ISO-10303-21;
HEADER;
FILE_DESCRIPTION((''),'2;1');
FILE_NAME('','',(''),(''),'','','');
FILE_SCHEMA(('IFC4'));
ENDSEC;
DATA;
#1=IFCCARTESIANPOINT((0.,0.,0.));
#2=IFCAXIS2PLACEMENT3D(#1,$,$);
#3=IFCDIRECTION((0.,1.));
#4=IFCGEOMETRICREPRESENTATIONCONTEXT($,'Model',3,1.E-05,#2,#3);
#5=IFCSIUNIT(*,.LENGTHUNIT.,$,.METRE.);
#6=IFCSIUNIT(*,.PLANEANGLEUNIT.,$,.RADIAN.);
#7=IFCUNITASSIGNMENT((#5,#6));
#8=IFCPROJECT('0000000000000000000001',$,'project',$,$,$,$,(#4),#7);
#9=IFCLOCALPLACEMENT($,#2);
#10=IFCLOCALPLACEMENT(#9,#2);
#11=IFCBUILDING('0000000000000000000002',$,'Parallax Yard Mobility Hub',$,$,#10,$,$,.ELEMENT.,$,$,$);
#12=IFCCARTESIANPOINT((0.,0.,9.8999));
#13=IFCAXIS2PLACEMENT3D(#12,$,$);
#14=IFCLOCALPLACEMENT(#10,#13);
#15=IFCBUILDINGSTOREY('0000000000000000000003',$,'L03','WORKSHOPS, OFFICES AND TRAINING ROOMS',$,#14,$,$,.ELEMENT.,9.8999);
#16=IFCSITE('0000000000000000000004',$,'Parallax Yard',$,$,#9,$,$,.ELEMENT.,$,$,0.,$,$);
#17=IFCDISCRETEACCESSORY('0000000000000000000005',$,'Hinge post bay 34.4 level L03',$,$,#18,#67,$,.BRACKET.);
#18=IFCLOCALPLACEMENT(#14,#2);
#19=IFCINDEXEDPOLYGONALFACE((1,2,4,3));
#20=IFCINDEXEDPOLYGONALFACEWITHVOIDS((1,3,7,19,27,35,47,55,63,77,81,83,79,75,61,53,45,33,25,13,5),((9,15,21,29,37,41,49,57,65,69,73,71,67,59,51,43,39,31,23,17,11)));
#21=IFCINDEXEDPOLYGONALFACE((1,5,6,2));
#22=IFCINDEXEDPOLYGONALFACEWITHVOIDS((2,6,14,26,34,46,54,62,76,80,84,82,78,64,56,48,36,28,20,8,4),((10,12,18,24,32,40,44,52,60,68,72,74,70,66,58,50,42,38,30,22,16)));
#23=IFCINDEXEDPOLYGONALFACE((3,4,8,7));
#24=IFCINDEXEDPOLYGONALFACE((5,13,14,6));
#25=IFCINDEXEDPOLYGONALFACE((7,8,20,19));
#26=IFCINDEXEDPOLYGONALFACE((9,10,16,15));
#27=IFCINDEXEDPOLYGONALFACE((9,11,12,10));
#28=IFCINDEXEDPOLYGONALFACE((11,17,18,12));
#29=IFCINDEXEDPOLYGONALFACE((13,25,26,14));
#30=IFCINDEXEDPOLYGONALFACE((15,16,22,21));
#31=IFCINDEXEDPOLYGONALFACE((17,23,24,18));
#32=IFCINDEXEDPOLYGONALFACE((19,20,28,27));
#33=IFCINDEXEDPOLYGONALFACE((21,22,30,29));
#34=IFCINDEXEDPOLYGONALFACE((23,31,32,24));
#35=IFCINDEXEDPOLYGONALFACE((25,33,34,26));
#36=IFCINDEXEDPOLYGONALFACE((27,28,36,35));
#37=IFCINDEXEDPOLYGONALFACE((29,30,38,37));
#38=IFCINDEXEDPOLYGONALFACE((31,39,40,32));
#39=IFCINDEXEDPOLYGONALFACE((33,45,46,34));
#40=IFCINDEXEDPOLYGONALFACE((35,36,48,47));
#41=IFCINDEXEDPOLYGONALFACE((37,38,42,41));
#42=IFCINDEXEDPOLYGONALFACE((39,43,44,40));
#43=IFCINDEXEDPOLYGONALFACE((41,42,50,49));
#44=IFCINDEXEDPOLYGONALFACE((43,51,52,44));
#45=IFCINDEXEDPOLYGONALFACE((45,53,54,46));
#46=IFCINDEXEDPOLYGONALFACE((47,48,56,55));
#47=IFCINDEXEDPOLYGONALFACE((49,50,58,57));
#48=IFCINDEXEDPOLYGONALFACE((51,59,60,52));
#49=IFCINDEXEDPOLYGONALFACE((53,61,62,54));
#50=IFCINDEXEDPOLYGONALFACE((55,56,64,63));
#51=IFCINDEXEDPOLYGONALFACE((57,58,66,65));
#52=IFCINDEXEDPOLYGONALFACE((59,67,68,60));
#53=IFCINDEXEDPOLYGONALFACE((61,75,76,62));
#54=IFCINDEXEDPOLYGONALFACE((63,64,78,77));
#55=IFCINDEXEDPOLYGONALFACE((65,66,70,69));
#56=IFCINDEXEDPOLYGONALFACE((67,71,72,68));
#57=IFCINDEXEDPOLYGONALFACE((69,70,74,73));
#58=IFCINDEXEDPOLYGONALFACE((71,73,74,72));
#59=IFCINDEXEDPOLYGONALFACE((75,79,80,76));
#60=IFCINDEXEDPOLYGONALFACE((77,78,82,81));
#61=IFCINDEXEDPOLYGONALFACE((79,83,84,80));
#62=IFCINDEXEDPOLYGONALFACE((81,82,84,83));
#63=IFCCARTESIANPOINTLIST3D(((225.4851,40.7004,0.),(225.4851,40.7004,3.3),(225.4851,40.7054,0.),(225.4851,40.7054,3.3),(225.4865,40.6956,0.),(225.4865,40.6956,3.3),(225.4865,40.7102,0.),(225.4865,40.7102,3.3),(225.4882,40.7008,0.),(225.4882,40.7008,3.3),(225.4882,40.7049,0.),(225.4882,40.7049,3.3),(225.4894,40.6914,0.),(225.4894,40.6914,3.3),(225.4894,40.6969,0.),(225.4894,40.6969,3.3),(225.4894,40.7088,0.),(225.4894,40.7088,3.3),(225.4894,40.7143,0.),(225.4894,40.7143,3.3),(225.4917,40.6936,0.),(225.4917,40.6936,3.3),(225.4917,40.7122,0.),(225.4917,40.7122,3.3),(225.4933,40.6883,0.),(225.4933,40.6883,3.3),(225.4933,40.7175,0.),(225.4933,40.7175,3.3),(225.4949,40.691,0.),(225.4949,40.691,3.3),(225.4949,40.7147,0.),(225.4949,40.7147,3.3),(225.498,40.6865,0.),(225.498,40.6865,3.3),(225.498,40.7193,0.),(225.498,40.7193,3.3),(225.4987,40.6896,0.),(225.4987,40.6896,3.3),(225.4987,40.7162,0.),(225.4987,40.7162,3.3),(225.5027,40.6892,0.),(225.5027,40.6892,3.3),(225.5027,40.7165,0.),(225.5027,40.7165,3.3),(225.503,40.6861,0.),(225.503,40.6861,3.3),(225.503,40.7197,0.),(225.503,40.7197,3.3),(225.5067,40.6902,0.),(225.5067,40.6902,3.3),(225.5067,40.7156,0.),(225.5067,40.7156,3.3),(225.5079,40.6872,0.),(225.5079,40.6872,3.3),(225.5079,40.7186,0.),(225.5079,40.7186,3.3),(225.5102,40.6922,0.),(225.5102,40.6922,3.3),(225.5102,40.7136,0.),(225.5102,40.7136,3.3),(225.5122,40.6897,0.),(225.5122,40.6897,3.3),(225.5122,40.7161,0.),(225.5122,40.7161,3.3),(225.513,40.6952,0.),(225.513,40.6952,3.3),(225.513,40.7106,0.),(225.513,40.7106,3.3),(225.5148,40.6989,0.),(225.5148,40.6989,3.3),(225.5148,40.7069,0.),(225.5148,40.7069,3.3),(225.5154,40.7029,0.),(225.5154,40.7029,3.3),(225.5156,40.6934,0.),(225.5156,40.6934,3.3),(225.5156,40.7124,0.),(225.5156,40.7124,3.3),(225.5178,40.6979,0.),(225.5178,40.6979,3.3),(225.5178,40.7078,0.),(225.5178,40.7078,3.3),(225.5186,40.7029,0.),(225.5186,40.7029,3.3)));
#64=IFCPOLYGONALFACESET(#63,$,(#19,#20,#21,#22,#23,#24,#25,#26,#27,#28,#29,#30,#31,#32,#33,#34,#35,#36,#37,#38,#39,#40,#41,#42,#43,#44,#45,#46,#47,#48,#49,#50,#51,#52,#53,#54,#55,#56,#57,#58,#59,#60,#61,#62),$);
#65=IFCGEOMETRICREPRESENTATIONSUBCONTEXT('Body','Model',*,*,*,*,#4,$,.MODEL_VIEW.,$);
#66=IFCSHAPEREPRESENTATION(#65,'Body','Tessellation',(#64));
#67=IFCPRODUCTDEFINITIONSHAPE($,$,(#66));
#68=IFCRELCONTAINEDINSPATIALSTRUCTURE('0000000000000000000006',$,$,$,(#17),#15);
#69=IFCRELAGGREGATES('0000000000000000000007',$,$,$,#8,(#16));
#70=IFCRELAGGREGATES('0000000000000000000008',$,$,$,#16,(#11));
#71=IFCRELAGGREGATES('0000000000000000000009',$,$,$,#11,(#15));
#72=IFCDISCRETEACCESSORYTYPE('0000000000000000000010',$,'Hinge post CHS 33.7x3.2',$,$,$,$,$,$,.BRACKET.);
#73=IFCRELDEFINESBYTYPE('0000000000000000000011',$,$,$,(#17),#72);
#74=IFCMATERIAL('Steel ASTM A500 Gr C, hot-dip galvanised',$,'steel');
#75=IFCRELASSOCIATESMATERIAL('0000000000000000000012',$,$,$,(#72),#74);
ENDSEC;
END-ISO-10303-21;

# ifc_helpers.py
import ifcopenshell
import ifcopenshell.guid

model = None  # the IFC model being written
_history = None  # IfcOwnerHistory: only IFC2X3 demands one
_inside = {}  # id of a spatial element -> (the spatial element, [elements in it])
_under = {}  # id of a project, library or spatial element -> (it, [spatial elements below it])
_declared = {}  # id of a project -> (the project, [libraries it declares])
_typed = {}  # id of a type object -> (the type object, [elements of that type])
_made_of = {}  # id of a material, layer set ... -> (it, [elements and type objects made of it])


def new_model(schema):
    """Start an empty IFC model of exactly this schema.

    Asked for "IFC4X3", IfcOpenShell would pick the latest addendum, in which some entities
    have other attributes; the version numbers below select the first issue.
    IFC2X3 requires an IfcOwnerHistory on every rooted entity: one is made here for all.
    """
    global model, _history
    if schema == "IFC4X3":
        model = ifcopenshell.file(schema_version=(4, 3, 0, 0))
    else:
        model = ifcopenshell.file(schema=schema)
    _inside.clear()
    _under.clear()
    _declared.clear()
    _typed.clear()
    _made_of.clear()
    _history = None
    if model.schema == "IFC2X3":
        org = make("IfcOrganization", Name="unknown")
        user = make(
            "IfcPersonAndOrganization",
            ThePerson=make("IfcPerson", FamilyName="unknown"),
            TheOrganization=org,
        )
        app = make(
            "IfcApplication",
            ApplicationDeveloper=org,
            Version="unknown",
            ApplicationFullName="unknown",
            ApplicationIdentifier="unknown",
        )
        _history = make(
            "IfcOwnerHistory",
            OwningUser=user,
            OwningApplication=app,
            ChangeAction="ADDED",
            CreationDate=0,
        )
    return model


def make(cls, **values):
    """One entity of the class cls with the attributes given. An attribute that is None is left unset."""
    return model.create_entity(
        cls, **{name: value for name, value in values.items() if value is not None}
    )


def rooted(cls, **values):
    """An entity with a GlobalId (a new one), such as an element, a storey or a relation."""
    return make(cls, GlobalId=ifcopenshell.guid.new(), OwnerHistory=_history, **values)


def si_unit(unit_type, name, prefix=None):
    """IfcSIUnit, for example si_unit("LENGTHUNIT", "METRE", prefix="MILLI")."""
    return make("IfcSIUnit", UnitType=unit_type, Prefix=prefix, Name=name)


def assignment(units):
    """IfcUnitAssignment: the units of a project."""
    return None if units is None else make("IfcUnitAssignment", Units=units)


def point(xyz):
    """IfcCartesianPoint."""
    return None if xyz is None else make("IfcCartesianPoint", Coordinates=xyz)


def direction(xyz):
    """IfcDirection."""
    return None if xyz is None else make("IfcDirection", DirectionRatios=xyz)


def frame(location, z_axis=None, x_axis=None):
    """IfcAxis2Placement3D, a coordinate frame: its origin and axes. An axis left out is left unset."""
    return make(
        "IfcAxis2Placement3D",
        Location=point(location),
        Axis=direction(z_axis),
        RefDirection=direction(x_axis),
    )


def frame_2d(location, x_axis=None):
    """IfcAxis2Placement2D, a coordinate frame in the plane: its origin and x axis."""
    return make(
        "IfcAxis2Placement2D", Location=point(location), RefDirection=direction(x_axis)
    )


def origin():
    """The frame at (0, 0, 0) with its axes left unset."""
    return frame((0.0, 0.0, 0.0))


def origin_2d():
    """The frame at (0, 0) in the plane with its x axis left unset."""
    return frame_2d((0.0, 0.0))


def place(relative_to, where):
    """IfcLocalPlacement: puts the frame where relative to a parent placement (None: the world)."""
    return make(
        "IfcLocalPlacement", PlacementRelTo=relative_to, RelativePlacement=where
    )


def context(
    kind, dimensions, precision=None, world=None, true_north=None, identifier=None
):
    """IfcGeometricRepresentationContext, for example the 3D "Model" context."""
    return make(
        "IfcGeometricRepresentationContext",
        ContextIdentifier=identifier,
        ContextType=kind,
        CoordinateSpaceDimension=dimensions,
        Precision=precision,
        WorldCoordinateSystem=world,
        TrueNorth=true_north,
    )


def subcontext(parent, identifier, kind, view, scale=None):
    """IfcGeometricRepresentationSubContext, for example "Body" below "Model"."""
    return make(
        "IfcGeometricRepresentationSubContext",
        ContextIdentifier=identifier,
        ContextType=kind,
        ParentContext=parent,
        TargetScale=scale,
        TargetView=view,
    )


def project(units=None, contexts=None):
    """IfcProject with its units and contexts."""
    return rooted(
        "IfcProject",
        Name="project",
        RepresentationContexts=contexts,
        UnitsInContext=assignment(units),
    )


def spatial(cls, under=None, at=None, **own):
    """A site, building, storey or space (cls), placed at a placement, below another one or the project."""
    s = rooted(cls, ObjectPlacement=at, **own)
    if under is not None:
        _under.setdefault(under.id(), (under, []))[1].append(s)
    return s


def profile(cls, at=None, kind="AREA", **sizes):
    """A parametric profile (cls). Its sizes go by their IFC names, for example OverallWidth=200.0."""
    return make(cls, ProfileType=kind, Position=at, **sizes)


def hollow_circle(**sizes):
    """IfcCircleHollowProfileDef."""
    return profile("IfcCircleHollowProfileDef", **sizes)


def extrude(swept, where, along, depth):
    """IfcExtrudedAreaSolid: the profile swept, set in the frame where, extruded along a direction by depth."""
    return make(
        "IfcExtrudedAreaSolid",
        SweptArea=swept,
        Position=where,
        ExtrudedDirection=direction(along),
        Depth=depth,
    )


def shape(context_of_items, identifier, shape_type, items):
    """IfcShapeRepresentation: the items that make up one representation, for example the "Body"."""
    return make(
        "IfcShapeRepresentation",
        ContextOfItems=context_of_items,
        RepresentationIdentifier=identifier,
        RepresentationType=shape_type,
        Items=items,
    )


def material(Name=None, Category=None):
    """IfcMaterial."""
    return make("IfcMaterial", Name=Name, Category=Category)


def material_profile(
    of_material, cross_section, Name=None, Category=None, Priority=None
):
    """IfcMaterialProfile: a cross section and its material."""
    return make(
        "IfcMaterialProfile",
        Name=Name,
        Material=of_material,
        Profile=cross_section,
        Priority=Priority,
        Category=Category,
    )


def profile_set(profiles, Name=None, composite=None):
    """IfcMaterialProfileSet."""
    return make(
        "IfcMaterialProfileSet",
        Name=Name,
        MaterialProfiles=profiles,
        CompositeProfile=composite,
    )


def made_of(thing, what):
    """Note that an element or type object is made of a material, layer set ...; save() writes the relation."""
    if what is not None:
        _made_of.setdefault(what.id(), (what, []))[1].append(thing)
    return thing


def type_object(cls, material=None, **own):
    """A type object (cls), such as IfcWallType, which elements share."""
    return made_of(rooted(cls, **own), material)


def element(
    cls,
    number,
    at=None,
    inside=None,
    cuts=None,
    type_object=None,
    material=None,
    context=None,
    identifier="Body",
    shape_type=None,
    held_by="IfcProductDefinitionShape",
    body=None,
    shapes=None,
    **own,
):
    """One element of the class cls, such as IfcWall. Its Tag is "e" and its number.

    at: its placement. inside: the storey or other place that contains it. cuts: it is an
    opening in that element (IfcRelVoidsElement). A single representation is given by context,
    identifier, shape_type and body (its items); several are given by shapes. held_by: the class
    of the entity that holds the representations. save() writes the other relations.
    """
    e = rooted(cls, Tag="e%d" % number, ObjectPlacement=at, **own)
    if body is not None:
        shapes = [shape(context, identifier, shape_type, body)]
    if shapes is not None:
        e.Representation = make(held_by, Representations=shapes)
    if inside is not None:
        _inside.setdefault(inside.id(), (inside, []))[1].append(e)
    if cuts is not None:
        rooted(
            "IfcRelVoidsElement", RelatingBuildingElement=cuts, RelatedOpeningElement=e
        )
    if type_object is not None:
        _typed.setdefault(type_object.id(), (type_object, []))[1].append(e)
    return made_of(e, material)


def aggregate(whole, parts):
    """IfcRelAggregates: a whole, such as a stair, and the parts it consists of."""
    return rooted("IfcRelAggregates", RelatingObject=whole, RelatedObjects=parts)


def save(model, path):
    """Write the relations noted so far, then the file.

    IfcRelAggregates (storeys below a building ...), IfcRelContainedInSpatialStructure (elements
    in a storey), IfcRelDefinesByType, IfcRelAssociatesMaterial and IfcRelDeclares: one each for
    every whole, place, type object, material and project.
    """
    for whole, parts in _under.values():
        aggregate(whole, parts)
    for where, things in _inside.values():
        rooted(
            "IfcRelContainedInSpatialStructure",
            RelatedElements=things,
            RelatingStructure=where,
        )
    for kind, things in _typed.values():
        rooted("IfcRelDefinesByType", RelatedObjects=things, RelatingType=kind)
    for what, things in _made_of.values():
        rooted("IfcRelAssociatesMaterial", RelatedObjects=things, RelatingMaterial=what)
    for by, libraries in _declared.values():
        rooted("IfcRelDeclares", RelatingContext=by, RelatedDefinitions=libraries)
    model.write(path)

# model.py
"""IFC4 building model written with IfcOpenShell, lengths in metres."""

from ifc_helpers import new_model, si_unit, direction, frame, origin, origin_2d, place, context, subcontext, project, spatial, hollow_circle, extrude, material, material_profile, profile_set, type_object, element, save


model = new_model("IFC4")

# Units and contexts
model_context = context("Model", 3, precision=1e-05, world=origin(), true_north=direction((0.0, 1.0)))
body_context = subcontext(model_context, "Body", "Model", "MODEL_VIEW")
ifc_project = project(units=[si_unit("LENGTHUNIT", "METRE"), si_unit("PLANEANGLEUNIT", "RADIAN")], contexts=[model_context])

# Site, building, storey
site_placement = place(None, origin())
site = spatial("IfcSite", under=ifc_project, at=site_placement, Name="Parallax Yard", CompositionType="ELEMENT", RefElevation=0.0)
building_placement = place(site_placement, origin())
building = spatial("IfcBuilding", under=site, at=building_placement, Name="Parallax Yard Mobility Hub", CompositionType="ELEMENT")
storey_placement = place(building_placement, frame((0.0, 0.0, 9.8999)))
storey = spatial("IfcBuildingStorey", under=building, at=storey_placement, Name="L03", Description="WORKSHOPS, OFFICES AND TRAINING ROOMS", CompositionType="ELEMENT", Elevation=9.8999)

# Discrete accessory
ifc_material_1 = material(Name="Steel ASTM A500 Gr C, hot-dip galvanised", Category="steel")
ifc_material_profile = material_profile(ifc_material_1, hollow_circle(Radius=0.0168, WallThickness=0.0032, at=origin_2d()), Name="CHS 33.7x3.2")
ifc_profile_set = profile_set([ifc_material_profile], Name="Steel ASTM A500 Gr C, hot-dip galvanised")
discrete_accessory_type = type_object("IfcDiscreteAccessoryType", Name="Hinge post CHS 33.7x3.2", PredefinedType="BRACKET", material=ifc_profile_set)
discrete_accessory_placement = place(storey_placement, frame((225.5017, 40.7029, 0.0), z_axis=(0.0, 0.0, 1.0), x_axis=(1.0, 0.0, 0.0)))
element("IfcDiscreteAccessory", 1, at=discrete_accessory_placement, inside=storey, type_object=discrete_accessory_type, Name="Hinge post bay 34.4 level L03", PredefinedType="BRACKET", context=body_context, shape_type="SweptSolid", body=[
    extrude(hollow_circle(Radius=0.0168, WallThickness=0.0032, at=origin_2d()), origin(), (0.0, 0.0, 1.0), 3.3),
])

save(model, "model.ifc")
